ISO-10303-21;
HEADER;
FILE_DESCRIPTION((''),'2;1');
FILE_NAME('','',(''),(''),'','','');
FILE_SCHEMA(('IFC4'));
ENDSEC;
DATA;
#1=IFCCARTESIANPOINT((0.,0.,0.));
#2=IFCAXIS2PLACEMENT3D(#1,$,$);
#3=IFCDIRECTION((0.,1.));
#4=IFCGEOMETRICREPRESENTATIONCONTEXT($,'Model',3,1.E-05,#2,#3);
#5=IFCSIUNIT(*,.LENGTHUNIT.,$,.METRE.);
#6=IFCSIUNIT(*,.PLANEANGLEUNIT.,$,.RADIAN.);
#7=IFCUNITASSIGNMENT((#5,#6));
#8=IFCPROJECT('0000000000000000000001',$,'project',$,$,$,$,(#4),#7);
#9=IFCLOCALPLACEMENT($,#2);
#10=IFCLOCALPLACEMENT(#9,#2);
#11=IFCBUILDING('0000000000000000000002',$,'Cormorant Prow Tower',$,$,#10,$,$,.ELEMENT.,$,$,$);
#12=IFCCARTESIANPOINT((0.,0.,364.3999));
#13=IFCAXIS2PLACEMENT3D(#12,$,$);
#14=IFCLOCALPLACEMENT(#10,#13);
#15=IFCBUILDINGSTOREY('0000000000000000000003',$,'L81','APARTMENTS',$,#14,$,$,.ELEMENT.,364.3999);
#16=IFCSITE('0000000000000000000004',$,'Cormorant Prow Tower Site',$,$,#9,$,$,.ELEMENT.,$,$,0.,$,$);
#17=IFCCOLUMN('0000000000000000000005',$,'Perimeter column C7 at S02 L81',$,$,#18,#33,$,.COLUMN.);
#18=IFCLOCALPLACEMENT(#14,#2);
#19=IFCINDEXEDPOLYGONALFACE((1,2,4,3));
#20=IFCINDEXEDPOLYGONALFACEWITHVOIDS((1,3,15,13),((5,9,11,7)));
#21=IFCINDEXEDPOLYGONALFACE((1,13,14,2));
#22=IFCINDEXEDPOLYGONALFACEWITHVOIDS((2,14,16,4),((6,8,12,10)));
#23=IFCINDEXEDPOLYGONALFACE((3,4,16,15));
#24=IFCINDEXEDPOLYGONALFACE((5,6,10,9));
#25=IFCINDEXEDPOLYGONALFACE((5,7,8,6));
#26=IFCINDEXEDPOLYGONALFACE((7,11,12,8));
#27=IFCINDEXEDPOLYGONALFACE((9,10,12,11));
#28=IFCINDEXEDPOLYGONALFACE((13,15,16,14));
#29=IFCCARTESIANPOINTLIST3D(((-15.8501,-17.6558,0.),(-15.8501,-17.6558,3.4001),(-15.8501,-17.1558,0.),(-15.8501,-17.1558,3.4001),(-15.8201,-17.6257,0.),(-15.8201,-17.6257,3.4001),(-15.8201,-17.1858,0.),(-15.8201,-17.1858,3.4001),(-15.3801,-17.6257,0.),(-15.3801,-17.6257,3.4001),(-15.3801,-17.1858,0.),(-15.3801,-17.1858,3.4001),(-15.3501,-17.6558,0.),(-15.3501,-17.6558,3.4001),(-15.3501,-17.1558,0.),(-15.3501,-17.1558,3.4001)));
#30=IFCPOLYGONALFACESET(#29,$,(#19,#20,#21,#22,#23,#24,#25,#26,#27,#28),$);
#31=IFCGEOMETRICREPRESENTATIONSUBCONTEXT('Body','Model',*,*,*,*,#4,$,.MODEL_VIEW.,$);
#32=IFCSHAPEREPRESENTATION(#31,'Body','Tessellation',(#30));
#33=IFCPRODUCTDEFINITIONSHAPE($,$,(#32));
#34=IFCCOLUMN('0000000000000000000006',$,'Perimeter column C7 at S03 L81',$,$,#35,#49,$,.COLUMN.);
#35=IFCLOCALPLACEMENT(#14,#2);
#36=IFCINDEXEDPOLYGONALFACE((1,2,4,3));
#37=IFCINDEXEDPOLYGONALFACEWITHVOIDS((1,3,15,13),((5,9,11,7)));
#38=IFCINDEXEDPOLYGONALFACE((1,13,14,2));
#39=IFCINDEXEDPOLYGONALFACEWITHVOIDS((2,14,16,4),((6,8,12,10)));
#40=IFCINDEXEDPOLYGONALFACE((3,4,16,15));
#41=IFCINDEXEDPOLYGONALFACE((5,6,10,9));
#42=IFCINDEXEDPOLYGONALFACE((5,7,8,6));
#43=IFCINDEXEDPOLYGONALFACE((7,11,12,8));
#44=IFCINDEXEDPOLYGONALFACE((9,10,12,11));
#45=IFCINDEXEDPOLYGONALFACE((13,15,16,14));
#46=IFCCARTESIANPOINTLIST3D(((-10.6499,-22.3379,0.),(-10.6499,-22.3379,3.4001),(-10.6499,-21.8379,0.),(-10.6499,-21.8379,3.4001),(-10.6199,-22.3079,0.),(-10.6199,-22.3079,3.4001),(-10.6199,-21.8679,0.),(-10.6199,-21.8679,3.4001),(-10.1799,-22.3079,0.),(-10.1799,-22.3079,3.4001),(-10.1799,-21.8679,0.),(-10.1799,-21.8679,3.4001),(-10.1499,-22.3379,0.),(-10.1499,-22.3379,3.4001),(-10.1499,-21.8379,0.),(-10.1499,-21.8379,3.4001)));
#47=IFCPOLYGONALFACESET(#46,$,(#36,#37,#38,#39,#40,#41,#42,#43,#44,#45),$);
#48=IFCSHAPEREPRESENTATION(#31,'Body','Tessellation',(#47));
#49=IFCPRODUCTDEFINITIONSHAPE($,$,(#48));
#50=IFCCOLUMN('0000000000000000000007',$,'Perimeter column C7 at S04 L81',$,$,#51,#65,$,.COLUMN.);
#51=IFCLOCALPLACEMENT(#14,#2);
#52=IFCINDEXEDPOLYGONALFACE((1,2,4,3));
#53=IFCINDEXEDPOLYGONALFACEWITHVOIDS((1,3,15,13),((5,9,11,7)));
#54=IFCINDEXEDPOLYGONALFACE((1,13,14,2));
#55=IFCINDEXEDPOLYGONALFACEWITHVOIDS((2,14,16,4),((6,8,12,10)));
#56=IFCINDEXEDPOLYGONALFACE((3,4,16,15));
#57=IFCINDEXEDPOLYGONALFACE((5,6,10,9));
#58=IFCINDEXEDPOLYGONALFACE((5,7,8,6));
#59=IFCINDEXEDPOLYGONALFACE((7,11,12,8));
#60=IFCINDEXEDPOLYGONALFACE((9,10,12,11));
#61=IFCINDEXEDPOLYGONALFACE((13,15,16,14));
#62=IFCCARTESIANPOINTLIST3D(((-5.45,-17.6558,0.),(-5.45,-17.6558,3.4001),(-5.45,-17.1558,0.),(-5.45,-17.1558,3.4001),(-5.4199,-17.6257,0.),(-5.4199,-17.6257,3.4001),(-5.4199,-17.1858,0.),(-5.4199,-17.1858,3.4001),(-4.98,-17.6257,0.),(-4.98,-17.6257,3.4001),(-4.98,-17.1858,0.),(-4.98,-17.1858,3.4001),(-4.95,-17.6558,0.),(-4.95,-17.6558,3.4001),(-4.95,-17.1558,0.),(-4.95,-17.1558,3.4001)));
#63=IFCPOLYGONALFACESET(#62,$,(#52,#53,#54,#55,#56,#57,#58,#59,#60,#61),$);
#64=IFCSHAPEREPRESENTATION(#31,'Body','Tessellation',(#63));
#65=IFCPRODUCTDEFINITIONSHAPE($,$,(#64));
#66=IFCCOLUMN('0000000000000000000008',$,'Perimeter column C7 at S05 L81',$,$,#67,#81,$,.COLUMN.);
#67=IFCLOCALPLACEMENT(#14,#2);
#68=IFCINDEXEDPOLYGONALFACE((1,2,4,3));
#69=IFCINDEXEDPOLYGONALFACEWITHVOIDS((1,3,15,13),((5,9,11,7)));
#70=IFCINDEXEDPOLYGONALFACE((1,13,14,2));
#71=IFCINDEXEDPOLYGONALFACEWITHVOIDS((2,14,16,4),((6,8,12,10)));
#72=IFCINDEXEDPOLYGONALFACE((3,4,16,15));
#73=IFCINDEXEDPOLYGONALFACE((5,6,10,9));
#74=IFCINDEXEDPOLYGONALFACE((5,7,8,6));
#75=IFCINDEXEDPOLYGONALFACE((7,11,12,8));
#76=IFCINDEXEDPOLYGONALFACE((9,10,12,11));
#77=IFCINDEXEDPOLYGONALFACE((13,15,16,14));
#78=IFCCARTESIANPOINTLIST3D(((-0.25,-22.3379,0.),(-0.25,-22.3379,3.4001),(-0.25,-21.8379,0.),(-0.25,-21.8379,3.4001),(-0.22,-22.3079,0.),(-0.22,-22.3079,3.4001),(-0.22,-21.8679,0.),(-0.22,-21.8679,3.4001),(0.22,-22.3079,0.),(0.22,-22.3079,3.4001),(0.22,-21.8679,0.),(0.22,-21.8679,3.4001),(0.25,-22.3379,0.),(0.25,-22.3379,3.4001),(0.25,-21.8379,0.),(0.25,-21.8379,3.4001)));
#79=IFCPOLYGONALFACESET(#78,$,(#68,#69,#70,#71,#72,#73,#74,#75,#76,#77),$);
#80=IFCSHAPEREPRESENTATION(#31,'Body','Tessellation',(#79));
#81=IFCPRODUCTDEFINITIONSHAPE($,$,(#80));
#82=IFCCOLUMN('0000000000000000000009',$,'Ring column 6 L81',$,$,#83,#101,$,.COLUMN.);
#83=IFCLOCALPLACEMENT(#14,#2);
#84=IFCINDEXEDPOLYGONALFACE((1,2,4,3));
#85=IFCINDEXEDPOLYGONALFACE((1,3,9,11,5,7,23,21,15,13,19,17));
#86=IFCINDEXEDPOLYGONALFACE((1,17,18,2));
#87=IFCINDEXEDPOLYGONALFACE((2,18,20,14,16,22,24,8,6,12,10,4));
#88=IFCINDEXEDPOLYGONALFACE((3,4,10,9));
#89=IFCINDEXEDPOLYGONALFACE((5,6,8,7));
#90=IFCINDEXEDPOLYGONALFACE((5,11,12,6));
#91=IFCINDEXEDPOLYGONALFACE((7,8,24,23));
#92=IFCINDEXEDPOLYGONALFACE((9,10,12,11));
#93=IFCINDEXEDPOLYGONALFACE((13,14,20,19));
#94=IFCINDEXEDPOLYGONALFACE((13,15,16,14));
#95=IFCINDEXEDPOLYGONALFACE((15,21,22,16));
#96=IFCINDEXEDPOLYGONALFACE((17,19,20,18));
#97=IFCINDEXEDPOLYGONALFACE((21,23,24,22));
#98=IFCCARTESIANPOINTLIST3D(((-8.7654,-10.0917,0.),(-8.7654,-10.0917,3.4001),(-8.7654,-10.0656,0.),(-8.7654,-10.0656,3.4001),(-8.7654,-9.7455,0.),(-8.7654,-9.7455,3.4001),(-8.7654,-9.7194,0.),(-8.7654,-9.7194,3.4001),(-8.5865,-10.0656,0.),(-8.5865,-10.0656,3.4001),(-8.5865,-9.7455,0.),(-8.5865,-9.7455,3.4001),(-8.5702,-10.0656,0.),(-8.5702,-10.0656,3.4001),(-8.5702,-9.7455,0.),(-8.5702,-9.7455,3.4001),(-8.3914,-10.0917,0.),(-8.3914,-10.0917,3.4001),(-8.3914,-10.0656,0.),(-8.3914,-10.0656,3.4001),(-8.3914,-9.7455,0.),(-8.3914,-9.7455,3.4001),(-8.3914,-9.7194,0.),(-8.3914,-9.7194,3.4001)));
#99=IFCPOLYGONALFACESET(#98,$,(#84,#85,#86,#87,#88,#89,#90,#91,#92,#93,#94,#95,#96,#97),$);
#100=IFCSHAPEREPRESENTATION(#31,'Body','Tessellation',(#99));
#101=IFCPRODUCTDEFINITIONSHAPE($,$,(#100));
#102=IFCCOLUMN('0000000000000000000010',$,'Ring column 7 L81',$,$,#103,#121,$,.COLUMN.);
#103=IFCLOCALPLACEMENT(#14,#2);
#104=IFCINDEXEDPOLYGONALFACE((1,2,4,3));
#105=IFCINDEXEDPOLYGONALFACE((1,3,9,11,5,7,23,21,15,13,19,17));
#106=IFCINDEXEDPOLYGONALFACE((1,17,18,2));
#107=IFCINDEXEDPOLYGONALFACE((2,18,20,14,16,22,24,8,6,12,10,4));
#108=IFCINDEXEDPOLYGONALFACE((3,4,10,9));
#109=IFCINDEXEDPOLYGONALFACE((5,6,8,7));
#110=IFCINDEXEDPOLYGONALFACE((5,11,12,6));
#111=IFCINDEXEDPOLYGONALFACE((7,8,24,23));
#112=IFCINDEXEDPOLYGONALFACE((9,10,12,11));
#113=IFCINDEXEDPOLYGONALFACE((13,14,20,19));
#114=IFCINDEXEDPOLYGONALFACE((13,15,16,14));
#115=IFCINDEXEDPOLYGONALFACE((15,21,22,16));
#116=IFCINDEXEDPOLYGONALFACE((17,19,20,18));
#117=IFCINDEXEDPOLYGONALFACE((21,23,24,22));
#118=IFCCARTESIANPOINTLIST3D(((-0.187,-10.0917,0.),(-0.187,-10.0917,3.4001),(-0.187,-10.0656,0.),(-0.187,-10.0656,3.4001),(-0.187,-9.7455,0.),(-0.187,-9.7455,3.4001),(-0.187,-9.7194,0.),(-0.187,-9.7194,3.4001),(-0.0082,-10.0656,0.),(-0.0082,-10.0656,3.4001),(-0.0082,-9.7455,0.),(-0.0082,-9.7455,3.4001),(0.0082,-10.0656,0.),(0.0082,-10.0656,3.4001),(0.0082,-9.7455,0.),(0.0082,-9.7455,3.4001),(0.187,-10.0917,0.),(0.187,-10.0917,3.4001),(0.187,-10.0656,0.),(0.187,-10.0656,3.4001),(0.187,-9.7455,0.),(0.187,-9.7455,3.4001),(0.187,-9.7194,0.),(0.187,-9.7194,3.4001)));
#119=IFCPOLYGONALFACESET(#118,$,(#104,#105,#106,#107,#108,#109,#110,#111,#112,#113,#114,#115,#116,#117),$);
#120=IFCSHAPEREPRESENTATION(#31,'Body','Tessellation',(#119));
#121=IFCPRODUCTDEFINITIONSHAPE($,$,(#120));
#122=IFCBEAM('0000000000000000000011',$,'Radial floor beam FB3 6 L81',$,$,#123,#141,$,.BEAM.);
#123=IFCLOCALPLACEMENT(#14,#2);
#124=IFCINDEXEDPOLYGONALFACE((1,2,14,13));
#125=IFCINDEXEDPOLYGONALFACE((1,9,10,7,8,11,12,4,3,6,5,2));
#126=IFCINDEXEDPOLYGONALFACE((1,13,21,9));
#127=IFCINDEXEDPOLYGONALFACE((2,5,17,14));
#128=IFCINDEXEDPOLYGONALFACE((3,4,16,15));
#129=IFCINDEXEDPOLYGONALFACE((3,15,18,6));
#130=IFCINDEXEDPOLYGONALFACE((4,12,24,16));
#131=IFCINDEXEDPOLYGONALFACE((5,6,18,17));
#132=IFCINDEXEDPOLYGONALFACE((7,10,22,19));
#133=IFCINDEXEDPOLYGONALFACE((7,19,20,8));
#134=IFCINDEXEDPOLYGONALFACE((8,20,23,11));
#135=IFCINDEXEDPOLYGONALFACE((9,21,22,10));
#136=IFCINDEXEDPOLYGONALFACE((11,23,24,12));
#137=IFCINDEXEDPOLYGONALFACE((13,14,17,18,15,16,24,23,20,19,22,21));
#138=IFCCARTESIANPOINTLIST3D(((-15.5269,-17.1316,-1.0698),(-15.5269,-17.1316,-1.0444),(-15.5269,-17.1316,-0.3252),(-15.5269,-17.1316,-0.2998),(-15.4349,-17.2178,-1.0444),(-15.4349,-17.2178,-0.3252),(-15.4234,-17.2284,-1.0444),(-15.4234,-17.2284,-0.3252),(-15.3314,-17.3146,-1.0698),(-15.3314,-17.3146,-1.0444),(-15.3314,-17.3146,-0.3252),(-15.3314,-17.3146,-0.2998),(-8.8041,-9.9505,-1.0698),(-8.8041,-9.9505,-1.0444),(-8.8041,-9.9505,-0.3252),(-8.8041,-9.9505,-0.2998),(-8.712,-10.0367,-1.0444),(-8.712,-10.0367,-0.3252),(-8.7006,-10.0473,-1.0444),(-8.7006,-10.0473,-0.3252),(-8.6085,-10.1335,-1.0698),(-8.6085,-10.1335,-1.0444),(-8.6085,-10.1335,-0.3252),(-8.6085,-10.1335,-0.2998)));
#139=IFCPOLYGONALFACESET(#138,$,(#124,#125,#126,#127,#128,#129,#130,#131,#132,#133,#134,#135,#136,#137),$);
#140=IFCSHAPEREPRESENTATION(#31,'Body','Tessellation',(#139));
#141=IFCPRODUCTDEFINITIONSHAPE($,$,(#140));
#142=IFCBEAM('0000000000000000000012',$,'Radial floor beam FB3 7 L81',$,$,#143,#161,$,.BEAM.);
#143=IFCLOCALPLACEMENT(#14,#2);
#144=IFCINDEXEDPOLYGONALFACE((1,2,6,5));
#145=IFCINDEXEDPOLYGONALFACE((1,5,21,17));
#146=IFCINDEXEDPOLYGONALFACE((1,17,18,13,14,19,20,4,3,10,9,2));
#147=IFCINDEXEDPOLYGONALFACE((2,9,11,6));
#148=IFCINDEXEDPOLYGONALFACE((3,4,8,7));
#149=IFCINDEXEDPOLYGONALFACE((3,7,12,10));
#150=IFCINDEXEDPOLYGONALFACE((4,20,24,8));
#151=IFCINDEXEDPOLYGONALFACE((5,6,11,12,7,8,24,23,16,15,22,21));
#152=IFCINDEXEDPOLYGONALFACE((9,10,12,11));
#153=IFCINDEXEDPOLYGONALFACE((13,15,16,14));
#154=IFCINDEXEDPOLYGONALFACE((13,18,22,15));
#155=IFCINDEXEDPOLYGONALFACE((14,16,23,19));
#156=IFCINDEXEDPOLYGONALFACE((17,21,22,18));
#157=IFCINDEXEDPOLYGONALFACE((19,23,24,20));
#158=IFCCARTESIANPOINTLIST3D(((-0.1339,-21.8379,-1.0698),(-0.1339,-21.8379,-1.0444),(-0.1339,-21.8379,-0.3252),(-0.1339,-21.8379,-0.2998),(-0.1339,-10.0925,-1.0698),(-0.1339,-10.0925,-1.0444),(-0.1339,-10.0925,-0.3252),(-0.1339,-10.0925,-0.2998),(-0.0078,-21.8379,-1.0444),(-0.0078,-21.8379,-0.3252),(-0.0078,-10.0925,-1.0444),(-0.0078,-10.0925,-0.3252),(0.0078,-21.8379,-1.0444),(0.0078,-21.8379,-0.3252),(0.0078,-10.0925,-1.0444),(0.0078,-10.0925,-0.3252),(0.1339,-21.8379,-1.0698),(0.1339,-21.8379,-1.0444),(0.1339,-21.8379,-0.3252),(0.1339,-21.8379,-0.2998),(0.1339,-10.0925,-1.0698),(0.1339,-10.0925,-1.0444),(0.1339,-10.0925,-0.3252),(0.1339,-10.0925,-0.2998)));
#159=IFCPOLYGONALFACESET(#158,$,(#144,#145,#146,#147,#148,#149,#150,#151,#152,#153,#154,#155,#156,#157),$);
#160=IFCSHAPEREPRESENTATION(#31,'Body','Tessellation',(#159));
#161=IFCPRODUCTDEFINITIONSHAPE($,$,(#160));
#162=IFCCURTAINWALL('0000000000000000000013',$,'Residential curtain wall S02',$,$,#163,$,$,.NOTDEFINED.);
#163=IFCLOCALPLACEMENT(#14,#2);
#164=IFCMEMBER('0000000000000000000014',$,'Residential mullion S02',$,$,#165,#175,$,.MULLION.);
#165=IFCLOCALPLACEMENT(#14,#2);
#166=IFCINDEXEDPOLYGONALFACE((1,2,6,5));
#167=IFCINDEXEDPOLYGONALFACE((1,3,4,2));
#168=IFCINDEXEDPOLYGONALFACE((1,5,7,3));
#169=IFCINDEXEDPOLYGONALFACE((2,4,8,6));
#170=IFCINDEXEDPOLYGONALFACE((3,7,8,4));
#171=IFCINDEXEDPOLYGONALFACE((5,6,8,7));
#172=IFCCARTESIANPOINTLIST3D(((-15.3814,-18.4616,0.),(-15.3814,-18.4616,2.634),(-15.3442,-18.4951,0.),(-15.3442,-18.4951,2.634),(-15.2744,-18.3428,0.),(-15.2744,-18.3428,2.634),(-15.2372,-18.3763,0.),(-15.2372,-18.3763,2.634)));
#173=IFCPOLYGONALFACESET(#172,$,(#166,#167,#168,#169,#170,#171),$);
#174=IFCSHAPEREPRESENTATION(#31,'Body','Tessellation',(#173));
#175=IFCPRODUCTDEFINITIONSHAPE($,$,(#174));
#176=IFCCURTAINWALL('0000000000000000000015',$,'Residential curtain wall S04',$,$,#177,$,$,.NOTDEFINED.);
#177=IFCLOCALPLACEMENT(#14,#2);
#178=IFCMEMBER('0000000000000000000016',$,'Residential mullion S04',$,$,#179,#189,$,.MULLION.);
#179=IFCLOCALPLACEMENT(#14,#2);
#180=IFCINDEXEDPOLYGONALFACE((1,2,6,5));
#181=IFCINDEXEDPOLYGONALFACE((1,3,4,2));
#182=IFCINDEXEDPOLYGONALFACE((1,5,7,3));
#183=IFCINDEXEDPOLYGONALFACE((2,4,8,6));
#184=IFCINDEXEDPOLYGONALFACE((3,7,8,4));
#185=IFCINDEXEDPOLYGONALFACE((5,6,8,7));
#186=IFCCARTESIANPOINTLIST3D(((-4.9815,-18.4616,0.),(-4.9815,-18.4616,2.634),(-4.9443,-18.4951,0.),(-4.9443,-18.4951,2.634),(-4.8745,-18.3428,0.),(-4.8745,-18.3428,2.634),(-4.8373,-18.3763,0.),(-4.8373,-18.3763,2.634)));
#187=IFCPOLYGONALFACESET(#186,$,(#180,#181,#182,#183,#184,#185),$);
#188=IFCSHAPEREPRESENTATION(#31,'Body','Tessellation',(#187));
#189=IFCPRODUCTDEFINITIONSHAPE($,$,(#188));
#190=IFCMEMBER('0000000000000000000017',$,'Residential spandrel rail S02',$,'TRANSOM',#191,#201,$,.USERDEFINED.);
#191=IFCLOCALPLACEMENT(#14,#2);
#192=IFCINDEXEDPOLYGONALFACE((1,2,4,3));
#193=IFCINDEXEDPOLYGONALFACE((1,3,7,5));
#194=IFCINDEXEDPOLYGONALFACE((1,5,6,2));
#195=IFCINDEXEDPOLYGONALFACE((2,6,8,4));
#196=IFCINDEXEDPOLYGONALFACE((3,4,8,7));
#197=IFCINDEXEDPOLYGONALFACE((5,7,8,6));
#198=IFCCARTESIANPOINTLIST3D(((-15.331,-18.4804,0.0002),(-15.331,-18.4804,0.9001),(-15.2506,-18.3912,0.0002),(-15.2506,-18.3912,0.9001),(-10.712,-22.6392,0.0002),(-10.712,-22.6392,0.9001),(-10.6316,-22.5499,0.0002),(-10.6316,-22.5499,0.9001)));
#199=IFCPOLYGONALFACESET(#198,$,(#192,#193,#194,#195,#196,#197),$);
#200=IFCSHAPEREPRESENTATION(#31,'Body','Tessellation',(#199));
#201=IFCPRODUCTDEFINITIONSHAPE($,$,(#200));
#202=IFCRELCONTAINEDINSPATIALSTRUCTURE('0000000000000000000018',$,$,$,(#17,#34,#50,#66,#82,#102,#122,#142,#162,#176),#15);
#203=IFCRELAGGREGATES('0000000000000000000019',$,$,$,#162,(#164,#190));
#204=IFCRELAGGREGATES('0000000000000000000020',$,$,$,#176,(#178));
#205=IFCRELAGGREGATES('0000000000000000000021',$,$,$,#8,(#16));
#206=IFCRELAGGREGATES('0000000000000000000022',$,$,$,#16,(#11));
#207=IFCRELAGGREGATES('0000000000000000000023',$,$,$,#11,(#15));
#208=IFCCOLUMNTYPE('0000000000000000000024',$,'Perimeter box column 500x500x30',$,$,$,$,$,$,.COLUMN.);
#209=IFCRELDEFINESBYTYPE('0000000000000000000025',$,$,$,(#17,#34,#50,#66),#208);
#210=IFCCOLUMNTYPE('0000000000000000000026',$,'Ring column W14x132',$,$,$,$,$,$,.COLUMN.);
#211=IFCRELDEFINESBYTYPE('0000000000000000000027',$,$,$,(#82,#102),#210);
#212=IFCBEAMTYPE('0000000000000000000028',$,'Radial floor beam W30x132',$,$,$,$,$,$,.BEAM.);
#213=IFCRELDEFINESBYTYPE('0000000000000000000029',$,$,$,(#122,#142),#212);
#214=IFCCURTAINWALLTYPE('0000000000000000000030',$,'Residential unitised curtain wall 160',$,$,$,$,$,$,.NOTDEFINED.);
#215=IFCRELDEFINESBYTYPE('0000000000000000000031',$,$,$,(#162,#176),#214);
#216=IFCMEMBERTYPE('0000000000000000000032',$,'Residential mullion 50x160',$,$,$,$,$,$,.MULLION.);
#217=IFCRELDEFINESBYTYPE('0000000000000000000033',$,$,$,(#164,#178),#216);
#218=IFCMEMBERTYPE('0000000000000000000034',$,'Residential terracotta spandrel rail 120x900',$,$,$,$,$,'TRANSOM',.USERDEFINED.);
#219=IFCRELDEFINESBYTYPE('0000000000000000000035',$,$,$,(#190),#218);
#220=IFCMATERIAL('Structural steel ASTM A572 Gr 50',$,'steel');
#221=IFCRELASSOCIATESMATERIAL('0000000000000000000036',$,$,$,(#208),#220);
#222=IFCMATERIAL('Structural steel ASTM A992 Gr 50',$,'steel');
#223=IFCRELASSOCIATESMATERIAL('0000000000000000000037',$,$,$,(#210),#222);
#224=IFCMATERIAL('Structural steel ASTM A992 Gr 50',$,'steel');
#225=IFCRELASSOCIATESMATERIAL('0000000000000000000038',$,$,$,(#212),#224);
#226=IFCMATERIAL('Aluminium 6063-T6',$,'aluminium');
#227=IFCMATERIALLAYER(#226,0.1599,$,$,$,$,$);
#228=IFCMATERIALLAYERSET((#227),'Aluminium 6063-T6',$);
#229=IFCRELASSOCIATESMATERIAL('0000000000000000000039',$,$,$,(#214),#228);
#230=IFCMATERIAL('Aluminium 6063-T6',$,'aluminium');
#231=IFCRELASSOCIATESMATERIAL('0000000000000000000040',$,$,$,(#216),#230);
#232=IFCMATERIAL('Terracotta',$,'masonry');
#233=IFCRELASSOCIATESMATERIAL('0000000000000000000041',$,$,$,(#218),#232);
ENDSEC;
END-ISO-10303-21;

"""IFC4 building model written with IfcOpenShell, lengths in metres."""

from ifc_helpers import new_model, si_unit, direction, frame, origin, origin_2d, place, context, subcontext, project, spatial, rectangle, hollow_rectangle, i_section, extrude, material, layer, layer_set, material_profile, profile_set, type_object, element, aggregate, save


model = new_model("IFC4")

# Units and contexts
model_context = context("Model", 3, precision=1e-05, world=origin(), true_north=direction((0.0, 1.0)))
body_context = subcontext(model_context, "Body", "Model", "MODEL_VIEW")
ifc_project = project(units=[si_unit("LENGTHUNIT", "METRE"), si_unit("PLANEANGLEUNIT", "RADIAN")], contexts=[model_context])

# Site, building, storey
site_placement = place(None, origin())
site = spatial("IfcSite", under=ifc_project, at=site_placement, Name="Cormorant Prow Tower Site", CompositionType="ELEMENT", RefElevation=0.0)
building_placement = place(site_placement, origin())
building = spatial("IfcBuilding", under=site, at=building_placement, Name="Cormorant Prow Tower", CompositionType="ELEMENT")
storey_placement = place(building_placement, frame((0.0, 0.0, 364.3999)))
storey = spatial("IfcBuildingStorey", under=building, at=storey_placement, Name="L81", Description="APARTMENTS", CompositionType="ELEMENT", Elevation=364.3999)

# Columns
ifc_material_1 = material(Name="Structural steel ASTM A572 Gr 50", Category="steel")
ifc_material_profile_1 = material_profile(ifc_material_1, hollow_rectangle(XDim=0.5, YDim=0.5, WallThickness=0.03, at=origin_2d()), Name="Box 500x500x30")
ifc_profile_set_1 = profile_set([ifc_material_profile_1], Name="Structural steel ASTM A572 Gr 50")
column_type_1 = type_object("IfcColumnType", Name="Perimeter box column 500x500x30", PredefinedType="COLUMN", material=ifc_profile_set_1)
for number, where, z_axis, x_axis, name in (
    (1, (-15.6001, -17.4058, 0.0), (0.0, 0.0, 1.0), (1.0, 0.0, 0.0), "Perimeter column C7 at S02 L81"),
    (2, (-10.3999, -22.0879, 0.0), (0.0, 0.0, 1.0), (1.0, 0.0, 0.0), "Perimeter column C7 at S03 L81"),
    (3, (-5.2, -17.4058, 0.0), (0.0, 0.0, 1.0), (1.0, 0.0, 0.0), "Perimeter column C7 at S04 L81"),
    (4, (0.0, -22.0879, 0.0), (0.0, 0.0, 1.0), (1.0, 0.0, 0.0), "Perimeter column C7 at S05 L81"),
):
    element("IfcColumn", number, at=place(storey_placement, frame(where, z_axis=z_axis, x_axis=x_axis)), inside=storey, type_object=column_type_1, Name=name, PredefinedType="COLUMN", context=body_context, shape_type="SweptSolid", body=[
        extrude(hollow_rectangle(XDim=0.5, YDim=0.5, WallThickness=0.03, at=origin_2d()), origin(), (0.0, 0.0, 1.0), 3.4001),
    ])
ifc_material_2 = material(Name="Structural steel ASTM A992 Gr 50", Category="steel")
ifc_material_profile_2 = material_profile(ifc_material_2, i_section(OverallWidth=0.374, OverallDepth=0.3723, WebThickness=0.0164, FlangeThickness=0.0261, at=origin_2d()), Name="W14x132")
ifc_profile_set_2 = profile_set([ifc_material_profile_2], Name="Structural steel ASTM A992 Gr 50")
column_type_2 = type_object("IfcColumnType", Name="Ring column W14x132", PredefinedType="COLUMN", material=ifc_profile_set_2)
for number, where, z_axis, x_axis, name in (
    (5, (-8.5784, -9.9055, 0.0), (0.0, 0.0, 1.0), (1.0, 0.0, 0.0), "Ring column 6 L81"),
    (6, (0.0, -9.9055, 0.0), (0.0, 0.0, 1.0), (1.0, 0.0, 0.0), "Ring column 7 L81"),
):
    element("IfcColumn", number, at=place(storey_placement, frame(where, z_axis=z_axis, x_axis=x_axis)), inside=storey, type_object=column_type_2, Name=name, PredefinedType="COLUMN", context=body_context, shape_type="SweptSolid", body=[
        extrude(i_section(OverallWidth=0.374, OverallDepth=0.3723, WebThickness=0.0164, FlangeThickness=0.0261, at=origin_2d()), origin(), (0.0, 0.0, 1.0), 3.4001),
    ])

# Beams
ifc_material_3 = material(Name="Structural steel ASTM A992 Gr 50", Category="steel")
ifc_material_profile_3 = material_profile(ifc_material_3, i_section(OverallWidth=0.2678, OverallDepth=0.77, WebThickness=0.0156, FlangeThickness=0.0254, at=origin_2d()), Name="W30x132")
ifc_profile_set_3 = profile_set([ifc_material_profile_3], Name="Structural steel ASTM A992 Gr 50")
beam_type_1 = type_object("IfcBeamType", Name="Radial floor beam W30x132", PredefinedType="BEAM", material=ifc_profile_set_3)
beam_1_placement = place(storey_placement, frame((-8.7063, -10.042, -0.6848), z_axis=(-0.683431, -0.730015, 0.0), x_axis=(0.730015, -0.683431, 0.0)))
element("IfcBeam", 7, at=beam_1_placement, inside=storey, type_object=beam_type_1, Name="Radial floor beam FB3 6 L81", PredefinedType="BEAM", context=body_context, shape_type="SweptSolid", body=[
    extrude(i_section(OverallWidth=0.2678, OverallDepth=0.77, WebThickness=0.0156, FlangeThickness=0.0254, at=origin_2d()), origin(), (0.0, 0.0, 1.0), 9.8369),
])
beam_2_placement = place(storey_placement, frame((0.0, -10.0925, -0.6848), z_axis=(0.0, -1.0, 0.0), x_axis=(1.0, 0.0, 0.0)))
element("IfcBeam", 8, at=beam_2_placement, inside=storey, type_object=beam_type_1, Name="Radial floor beam FB3 7 L81", PredefinedType="BEAM", context=body_context, shape_type="SweptSolid", body=[
    extrude(i_section(OverallWidth=0.2678, OverallDepth=0.77, WebThickness=0.0156, FlangeThickness=0.0254, at=origin_2d()), origin(), (0.0, 0.0, 1.0), 11.7454),
])

# Curtain walls, members
ifc_material_4 = material(Name="Aluminium 6063-T6", Category="aluminium")
ifc_layer_1 = layer(ifc_material_4, 0.1599)
ifc_layer_set_1 = layer_set([ifc_layer_1], Name="Aluminium 6063-T6")
curtain_wall_type = type_object("IfcCurtainWallType", Name="Residential unitised curtain wall 160", PredefinedType="NOTDEFINED", material=ifc_layer_set_1)
curtain_wall_1_placement = place(storey_placement, origin())
curtain_wall_1 = element("IfcCurtainWall", 9, at=curtain_wall_1_placement, inside=storey, type_object=curtain_wall_type, Name="Residential curtain wall S02", PredefinedType="NOTDEFINED")
ifc_material_5 = material(Name="Aluminium 6063-T6", Category="aluminium")
ifc_material_profile_4 = material_profile(ifc_material_5, rectangle(XDim=0.1599, YDim=0.05, at=origin_2d()), Name="Residential mullion 50x160")
ifc_profile_set_4 = profile_set([ifc_material_profile_4], Name="Aluminium 6063-T6")
member_type_1 = type_object("IfcMemberType", Name="Residential mullion 50x160", PredefinedType="MULLION", material=ifc_profile_set_4)
member_1_placement = place(storey_placement, frame((-15.3093, -18.4189, 0.0), z_axis=(0.0, 0.0, 1.0), x_axis=(0.669131, 0.743145, 0.0)))
member_1 = element("IfcMember", 10, at=member_1_placement, type_object=member_type_1, Name="Residential mullion S02", PredefinedType="MULLION", context=body_context, shape_type="SweptSolid", body=[
    extrude(rectangle(XDim=0.1599, YDim=0.05, at=origin_2d()), origin(), (0.0, 0.0, 1.0), 2.634),
])
curtain_wall_2_placement = place(storey_placement, origin())
curtain_wall_2 = element("IfcCurtainWall", 11, at=curtain_wall_2_placement, inside=storey, type_object=curtain_wall_type, Name="Residential curtain wall S04", PredefinedType="NOTDEFINED")
member_2_placement = place(storey_placement, frame((-4.9094, -18.4189, 0.0), z_axis=(0.0, 0.0, 1.0), x_axis=(0.669131, 0.743145, 0.0)))
member_2 = element("IfcMember", 12, at=member_2_placement, type_object=member_type_1, Name="Residential mullion S04", PredefinedType="MULLION", context=body_context, shape_type="SweptSolid", body=[
    extrude(rectangle(XDim=0.1599, YDim=0.05, at=origin_2d()), origin(), (0.0, 0.0, 1.0), 2.634),
])

# Member
ifc_material_6 = material(Name="Terracotta", Category="masonry")
ifc_material_profile_5 = material_profile(ifc_material_6, rectangle(XDim=0.1201, YDim=0.8999, at=origin_2d()), Name="Residential terracotta spandrel rail 120x900")
ifc_profile_set_5 = profile_set([ifc_material_profile_5], Name="Terracotta")
member_type_2 = type_object("IfcMemberType", Name="Residential terracotta spandrel rail 120x900", ElementType="TRANSOM", PredefinedType="USERDEFINED", material=ifc_profile_set_5)
member_3_placement = place(storey_placement, frame((-15.2908, -18.4358, 0.4502), z_axis=(0.743159, -0.669114, 0.0), x_axis=(0.669114, 0.743159, 0.0)))
member_3 = element("IfcMember", 13, at=member_3_placement, type_object=member_type_2, Name="Residential spandrel rail S02", ObjectType="TRANSOM", PredefinedType="USERDEFINED", context=body_context, shape_type="SweptSolid", body=[
    extrude(rectangle(XDim=0.1201, YDim=0.8999, at=origin_2d()), origin(), (0.0, 0.0, 1.0), 6.2153),
])

aggregate(curtain_wall_1, [member_1, member_3])
aggregate(curtain_wall_2, [member_2])

save(model, "model.ifc")
